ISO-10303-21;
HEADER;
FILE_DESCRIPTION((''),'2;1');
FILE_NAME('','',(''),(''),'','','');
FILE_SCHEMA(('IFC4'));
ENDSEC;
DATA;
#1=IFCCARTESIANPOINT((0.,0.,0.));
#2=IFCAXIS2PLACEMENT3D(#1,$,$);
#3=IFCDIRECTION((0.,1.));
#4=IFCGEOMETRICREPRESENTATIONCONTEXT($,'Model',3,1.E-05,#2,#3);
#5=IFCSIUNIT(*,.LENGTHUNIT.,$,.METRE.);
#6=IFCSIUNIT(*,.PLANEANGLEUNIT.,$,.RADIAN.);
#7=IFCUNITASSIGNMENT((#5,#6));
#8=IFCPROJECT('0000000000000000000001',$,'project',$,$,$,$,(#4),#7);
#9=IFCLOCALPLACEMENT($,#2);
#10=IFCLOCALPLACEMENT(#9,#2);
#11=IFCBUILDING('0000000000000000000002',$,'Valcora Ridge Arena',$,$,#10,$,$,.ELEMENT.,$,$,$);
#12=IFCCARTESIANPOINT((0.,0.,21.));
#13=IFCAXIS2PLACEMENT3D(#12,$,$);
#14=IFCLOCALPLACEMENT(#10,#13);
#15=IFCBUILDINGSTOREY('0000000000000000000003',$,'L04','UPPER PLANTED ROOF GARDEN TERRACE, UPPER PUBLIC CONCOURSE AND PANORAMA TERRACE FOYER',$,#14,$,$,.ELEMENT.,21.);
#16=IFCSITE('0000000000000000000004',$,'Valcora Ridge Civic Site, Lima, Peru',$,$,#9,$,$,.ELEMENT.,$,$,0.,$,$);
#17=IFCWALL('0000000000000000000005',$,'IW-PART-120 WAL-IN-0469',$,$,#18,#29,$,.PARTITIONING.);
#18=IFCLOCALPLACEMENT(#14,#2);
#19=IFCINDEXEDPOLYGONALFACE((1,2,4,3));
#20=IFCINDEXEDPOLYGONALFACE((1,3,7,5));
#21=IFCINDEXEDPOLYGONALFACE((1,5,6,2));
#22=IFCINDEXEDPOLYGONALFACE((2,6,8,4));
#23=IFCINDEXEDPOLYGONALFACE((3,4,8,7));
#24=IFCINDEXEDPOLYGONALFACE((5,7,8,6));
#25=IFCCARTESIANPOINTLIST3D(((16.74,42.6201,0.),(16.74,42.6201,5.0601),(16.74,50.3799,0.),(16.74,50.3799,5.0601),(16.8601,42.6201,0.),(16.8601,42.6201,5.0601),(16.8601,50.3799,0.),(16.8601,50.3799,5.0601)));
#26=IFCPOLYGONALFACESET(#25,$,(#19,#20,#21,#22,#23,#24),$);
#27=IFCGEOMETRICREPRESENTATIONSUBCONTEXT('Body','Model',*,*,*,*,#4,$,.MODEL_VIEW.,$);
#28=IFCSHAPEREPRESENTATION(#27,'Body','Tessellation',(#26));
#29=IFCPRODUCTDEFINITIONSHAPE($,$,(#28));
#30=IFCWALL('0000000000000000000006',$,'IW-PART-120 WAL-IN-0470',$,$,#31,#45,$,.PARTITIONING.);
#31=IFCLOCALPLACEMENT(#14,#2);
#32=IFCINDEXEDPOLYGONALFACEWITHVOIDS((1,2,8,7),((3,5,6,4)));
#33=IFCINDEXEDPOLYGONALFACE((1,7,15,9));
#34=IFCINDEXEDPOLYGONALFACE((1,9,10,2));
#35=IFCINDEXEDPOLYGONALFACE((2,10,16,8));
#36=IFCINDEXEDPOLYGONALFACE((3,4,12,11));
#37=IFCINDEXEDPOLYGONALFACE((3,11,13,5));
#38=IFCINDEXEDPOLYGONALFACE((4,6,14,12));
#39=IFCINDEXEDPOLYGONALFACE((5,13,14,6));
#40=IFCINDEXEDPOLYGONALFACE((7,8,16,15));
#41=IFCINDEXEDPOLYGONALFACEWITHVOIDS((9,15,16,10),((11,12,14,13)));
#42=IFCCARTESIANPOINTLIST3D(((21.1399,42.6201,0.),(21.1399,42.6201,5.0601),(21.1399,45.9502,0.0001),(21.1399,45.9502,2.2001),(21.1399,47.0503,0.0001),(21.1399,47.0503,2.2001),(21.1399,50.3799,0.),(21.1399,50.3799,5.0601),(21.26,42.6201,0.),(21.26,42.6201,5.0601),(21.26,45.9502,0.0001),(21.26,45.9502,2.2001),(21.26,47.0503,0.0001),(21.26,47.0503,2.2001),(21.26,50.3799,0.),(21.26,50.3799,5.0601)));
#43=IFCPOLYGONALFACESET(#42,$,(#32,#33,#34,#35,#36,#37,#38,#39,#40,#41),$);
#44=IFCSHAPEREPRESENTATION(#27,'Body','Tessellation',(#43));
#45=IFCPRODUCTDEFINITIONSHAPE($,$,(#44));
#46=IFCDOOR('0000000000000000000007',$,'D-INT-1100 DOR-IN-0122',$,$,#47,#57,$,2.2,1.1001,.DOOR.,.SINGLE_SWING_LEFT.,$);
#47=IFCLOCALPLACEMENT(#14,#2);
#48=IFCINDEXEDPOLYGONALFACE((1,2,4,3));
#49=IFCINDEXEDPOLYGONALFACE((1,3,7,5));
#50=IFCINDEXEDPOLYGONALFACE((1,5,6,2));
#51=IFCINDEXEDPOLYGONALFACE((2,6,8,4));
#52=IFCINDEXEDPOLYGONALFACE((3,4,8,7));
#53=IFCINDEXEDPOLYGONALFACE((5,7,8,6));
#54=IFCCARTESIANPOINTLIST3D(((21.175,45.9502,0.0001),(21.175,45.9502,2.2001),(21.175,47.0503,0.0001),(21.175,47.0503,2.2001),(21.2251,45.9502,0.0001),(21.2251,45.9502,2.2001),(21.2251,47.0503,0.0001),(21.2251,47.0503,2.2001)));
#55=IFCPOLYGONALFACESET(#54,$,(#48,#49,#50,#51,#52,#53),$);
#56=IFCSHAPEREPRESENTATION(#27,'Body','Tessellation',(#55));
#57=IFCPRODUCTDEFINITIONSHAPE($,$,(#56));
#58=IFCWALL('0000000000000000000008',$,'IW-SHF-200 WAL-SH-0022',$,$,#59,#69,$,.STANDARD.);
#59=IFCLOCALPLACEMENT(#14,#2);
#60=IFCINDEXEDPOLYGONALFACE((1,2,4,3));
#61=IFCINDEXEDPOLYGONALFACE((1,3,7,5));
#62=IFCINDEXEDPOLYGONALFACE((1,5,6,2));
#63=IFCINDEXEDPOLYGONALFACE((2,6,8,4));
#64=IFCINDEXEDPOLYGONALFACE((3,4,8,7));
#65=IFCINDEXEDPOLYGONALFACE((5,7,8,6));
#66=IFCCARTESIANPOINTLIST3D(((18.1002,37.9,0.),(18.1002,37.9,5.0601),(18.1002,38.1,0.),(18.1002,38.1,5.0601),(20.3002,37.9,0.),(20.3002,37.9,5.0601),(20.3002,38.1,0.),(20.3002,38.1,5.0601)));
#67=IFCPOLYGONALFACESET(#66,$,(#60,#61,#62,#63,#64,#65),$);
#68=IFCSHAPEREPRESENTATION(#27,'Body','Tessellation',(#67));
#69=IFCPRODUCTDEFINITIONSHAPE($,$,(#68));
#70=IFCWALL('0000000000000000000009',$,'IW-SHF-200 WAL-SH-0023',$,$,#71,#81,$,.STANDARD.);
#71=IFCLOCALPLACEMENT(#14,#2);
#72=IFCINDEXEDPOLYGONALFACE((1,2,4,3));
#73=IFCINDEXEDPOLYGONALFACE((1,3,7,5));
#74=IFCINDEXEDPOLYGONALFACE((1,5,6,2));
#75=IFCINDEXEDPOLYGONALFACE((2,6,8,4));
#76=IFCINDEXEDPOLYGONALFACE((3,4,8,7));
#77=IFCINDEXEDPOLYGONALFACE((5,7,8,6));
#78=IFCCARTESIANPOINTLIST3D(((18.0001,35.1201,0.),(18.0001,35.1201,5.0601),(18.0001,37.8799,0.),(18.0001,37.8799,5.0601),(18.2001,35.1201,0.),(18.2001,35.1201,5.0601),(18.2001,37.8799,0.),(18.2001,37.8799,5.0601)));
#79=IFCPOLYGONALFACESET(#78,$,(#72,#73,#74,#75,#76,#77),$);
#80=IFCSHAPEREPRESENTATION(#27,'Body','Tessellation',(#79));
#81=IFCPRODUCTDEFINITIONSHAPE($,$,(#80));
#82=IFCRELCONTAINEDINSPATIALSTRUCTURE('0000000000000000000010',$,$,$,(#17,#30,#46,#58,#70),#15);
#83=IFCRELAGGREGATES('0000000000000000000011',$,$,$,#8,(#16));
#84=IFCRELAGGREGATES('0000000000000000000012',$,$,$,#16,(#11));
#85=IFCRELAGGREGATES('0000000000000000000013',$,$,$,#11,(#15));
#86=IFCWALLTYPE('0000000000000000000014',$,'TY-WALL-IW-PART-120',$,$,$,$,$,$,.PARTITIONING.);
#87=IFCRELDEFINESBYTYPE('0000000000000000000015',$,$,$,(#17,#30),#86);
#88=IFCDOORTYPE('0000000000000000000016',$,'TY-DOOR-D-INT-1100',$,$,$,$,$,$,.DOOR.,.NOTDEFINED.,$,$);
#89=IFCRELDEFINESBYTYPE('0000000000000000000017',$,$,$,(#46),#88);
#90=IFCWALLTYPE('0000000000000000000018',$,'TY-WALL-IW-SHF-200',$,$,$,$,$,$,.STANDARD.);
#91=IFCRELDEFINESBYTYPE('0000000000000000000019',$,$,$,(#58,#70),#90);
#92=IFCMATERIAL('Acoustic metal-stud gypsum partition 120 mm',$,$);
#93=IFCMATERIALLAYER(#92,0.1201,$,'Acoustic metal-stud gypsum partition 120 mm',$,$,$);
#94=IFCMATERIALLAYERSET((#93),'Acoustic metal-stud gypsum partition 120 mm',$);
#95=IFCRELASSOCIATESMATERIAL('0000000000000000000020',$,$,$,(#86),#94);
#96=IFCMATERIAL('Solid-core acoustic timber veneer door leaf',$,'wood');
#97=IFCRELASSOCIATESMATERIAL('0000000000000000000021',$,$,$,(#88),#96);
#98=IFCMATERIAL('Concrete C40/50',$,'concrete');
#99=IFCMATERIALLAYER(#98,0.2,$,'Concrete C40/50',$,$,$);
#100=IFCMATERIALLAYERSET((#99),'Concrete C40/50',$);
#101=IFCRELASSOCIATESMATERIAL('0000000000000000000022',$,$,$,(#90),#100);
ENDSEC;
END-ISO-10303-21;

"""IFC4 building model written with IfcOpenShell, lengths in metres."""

from ifc_helpers import new_model, si_unit, direction, frame, frame_2d, origin, place, context, subcontext, project, spatial, rectangle, extrude, material, layer, layer_set, type_object, element, fill, save


model = new_model("IFC4")

# Units and contexts
model_context = context("Model", 3, precision=1e-05, world=origin(), true_north=direction((0.0, 1.0)))
body_context = subcontext(model_context, "Body", "Model", "MODEL_VIEW")
ifc_project = project(units=[si_unit("LENGTHUNIT", "METRE"), si_unit("PLANEANGLEUNIT", "RADIAN")], contexts=[model_context])

# Site, building, storey
site_placement = place(None, origin())
site = spatial("IfcSite", under=ifc_project, at=site_placement, Name="Valcora Ridge Civic Site, Lima, Peru", CompositionType="ELEMENT", RefElevation=0.0)
building_placement = place(site_placement, origin())
building = spatial("IfcBuilding", under=site, at=building_placement, Name="Valcora Ridge Arena", CompositionType="ELEMENT")
storey_placement = place(building_placement, frame((0.0, 0.0, 21.0)))
storey = spatial("IfcBuildingStorey", under=building, at=storey_placement, Name="L04", Description="UPPER PLANTED ROOF GARDEN TERRACE, UPPER PUBLIC CONCOURSE AND PANORAMA TERRACE FOYER", CompositionType="ELEMENT", Elevation=21.0)

# Wall
ifc_material_1 = material(Name="Acoustic metal-stud gypsum partition 120 mm")
ifc_layer_1 = layer(ifc_material_1, 0.1201, Name="Acoustic metal-stud gypsum partition 120 mm")
ifc_layer_set_1 = layer_set([ifc_layer_1], Name="Acoustic metal-stud gypsum partition 120 mm")
wall_type_1 = type_object("IfcWallType", Name="TY-WALL-IW-PART-120", PredefinedType="PARTITIONING", material=ifc_layer_set_1)
wall_1_placement = place(storey_placement, frame((16.8, 42.6201, 0.0), z_axis=(0.0, 0.0, 1.0), x_axis=(0.0, 1.0, 0.0)))
element("IfcWall", 1, at=wall_1_placement, inside=storey, type_object=wall_type_1, Name="IW-PART-120 WAL-IN-0469", PredefinedType="PARTITIONING", context=body_context, shape_type="SweptSolid", body=[
    extrude(rectangle(XDim=7.7598, YDim=0.1201, at=frame_2d((3.8799, 0.0))), origin(), (0.0, 0.0, 1.0), 5.0601),
])

# Wall, opening, door
wall_2_placement = place(storey_placement, frame((21.2, 42.6201, 0.0), z_axis=(0.0, 0.0, 1.0), x_axis=(0.0, 1.0, 0.0)))
wall_2 = element("IfcWall", 2, at=wall_2_placement, inside=storey, type_object=wall_type_1, Name="IW-PART-120 WAL-IN-0470", PredefinedType="PARTITIONING", context=body_context, shape_type="SweptSolid", body=[
    extrude(rectangle(XDim=7.7598, YDim=0.1201, at=frame_2d((3.8799, 0.0))), origin(), (0.0, 0.0, 1.0), 5.0601),
])
opening_1_placement = place(wall_2_placement, frame((3.3301, 0.0, 0.0)))
opening_1 = element("IfcOpeningElement", 3, at=opening_1_placement, cuts=wall_2, PredefinedType="OPENING", context=body_context, shape_type="SweptSolid", body=[
    extrude(rectangle(XDim=1.1001, YDim=2.2, at=frame_2d((0.55, 1.1001))), frame((0.0, 0.0701, 0.0), z_axis=(0.0, -1.0, 0.0), x_axis=(1.0, 0.0, 0.0)), (0.0, 0.0, 1.0), 0.1401),
])
ifc_material_2 = material(Name="Solid-core acoustic timber veneer door leaf", Category="wood")
door_type_1 = type_object("IfcDoorType", Name="TY-DOOR-D-INT-1100", OperationType="NOTDEFINED", PredefinedType="DOOR", material=ifc_material_2)
door_1_placement = place(opening_1_placement, origin())
door_1 = element("IfcDoor", 4, at=door_1_placement, inside=storey, type_object=door_type_1, Name="D-INT-1100 DOR-IN-0122", OperationType="SINGLE_SWING_LEFT", OverallHeight=2.2, OverallWidth=1.1001, PredefinedType="DOOR", context=body_context, shape_type="SweptSolid", body=[
    extrude(rectangle(XDim=1.1001, YDim=2.2, at=frame_2d((0.55, 1.1001))), frame((0.0, 0.0249, 0.0), z_axis=(0.0, -1.0, 0.0), x_axis=(1.0, 0.0, 0.0)), (0.0, 0.0, 1.0), 0.05),
])
fill(opening_1, door_1)

# Walls
ifc_material_3 = material(Name="Concrete C40/50", Category="concrete")
ifc_layer_2 = layer(ifc_material_3, 0.2, Name="Concrete C40/50")
ifc_layer_set_2 = layer_set([ifc_layer_2], Name="Concrete C40/50")
wall_type_2 = type_object("IfcWallType", Name="TY-WALL-IW-SHF-200", PredefinedType="STANDARD", material=ifc_layer_set_2)
wall_3_placement = place(storey_placement, frame((18.1001, 38.0, 0.0), z_axis=(0.0, 0.0, 1.0), x_axis=(1.0, 0.0, 0.0)))
element("IfcWall", 5, at=wall_3_placement, inside=storey, type_object=wall_type_2, Name="IW-SHF-200 WAL-SH-0022", PredefinedType="STANDARD", context=body_context, shape_type="SweptSolid", body=[
    extrude(rectangle(XDim=2.2, YDim=0.2, at=frame_2d((1.1001, 0.0))), origin(), (0.0, 0.0, 1.0), 5.0601),
])
wall_4_placement = place(storey_placement, frame((18.1001, 35.1201, 0.0), z_axis=(0.0, 0.0, 1.0), x_axis=(0.0, 1.0, 0.0)))
element("IfcWall", 6, at=wall_4_placement, inside=storey, type_object=wall_type_2, Name="IW-SHF-200 WAL-SH-0023", PredefinedType="STANDARD", context=body_context, shape_type="SweptSolid", body=[
    extrude(rectangle(XDim=2.7598, YDim=0.2, at=frame_2d((1.3799, 0.0))), origin(), (0.0, 0.0, 1.0), 5.0601),
])

save(model, "model.ifc")
